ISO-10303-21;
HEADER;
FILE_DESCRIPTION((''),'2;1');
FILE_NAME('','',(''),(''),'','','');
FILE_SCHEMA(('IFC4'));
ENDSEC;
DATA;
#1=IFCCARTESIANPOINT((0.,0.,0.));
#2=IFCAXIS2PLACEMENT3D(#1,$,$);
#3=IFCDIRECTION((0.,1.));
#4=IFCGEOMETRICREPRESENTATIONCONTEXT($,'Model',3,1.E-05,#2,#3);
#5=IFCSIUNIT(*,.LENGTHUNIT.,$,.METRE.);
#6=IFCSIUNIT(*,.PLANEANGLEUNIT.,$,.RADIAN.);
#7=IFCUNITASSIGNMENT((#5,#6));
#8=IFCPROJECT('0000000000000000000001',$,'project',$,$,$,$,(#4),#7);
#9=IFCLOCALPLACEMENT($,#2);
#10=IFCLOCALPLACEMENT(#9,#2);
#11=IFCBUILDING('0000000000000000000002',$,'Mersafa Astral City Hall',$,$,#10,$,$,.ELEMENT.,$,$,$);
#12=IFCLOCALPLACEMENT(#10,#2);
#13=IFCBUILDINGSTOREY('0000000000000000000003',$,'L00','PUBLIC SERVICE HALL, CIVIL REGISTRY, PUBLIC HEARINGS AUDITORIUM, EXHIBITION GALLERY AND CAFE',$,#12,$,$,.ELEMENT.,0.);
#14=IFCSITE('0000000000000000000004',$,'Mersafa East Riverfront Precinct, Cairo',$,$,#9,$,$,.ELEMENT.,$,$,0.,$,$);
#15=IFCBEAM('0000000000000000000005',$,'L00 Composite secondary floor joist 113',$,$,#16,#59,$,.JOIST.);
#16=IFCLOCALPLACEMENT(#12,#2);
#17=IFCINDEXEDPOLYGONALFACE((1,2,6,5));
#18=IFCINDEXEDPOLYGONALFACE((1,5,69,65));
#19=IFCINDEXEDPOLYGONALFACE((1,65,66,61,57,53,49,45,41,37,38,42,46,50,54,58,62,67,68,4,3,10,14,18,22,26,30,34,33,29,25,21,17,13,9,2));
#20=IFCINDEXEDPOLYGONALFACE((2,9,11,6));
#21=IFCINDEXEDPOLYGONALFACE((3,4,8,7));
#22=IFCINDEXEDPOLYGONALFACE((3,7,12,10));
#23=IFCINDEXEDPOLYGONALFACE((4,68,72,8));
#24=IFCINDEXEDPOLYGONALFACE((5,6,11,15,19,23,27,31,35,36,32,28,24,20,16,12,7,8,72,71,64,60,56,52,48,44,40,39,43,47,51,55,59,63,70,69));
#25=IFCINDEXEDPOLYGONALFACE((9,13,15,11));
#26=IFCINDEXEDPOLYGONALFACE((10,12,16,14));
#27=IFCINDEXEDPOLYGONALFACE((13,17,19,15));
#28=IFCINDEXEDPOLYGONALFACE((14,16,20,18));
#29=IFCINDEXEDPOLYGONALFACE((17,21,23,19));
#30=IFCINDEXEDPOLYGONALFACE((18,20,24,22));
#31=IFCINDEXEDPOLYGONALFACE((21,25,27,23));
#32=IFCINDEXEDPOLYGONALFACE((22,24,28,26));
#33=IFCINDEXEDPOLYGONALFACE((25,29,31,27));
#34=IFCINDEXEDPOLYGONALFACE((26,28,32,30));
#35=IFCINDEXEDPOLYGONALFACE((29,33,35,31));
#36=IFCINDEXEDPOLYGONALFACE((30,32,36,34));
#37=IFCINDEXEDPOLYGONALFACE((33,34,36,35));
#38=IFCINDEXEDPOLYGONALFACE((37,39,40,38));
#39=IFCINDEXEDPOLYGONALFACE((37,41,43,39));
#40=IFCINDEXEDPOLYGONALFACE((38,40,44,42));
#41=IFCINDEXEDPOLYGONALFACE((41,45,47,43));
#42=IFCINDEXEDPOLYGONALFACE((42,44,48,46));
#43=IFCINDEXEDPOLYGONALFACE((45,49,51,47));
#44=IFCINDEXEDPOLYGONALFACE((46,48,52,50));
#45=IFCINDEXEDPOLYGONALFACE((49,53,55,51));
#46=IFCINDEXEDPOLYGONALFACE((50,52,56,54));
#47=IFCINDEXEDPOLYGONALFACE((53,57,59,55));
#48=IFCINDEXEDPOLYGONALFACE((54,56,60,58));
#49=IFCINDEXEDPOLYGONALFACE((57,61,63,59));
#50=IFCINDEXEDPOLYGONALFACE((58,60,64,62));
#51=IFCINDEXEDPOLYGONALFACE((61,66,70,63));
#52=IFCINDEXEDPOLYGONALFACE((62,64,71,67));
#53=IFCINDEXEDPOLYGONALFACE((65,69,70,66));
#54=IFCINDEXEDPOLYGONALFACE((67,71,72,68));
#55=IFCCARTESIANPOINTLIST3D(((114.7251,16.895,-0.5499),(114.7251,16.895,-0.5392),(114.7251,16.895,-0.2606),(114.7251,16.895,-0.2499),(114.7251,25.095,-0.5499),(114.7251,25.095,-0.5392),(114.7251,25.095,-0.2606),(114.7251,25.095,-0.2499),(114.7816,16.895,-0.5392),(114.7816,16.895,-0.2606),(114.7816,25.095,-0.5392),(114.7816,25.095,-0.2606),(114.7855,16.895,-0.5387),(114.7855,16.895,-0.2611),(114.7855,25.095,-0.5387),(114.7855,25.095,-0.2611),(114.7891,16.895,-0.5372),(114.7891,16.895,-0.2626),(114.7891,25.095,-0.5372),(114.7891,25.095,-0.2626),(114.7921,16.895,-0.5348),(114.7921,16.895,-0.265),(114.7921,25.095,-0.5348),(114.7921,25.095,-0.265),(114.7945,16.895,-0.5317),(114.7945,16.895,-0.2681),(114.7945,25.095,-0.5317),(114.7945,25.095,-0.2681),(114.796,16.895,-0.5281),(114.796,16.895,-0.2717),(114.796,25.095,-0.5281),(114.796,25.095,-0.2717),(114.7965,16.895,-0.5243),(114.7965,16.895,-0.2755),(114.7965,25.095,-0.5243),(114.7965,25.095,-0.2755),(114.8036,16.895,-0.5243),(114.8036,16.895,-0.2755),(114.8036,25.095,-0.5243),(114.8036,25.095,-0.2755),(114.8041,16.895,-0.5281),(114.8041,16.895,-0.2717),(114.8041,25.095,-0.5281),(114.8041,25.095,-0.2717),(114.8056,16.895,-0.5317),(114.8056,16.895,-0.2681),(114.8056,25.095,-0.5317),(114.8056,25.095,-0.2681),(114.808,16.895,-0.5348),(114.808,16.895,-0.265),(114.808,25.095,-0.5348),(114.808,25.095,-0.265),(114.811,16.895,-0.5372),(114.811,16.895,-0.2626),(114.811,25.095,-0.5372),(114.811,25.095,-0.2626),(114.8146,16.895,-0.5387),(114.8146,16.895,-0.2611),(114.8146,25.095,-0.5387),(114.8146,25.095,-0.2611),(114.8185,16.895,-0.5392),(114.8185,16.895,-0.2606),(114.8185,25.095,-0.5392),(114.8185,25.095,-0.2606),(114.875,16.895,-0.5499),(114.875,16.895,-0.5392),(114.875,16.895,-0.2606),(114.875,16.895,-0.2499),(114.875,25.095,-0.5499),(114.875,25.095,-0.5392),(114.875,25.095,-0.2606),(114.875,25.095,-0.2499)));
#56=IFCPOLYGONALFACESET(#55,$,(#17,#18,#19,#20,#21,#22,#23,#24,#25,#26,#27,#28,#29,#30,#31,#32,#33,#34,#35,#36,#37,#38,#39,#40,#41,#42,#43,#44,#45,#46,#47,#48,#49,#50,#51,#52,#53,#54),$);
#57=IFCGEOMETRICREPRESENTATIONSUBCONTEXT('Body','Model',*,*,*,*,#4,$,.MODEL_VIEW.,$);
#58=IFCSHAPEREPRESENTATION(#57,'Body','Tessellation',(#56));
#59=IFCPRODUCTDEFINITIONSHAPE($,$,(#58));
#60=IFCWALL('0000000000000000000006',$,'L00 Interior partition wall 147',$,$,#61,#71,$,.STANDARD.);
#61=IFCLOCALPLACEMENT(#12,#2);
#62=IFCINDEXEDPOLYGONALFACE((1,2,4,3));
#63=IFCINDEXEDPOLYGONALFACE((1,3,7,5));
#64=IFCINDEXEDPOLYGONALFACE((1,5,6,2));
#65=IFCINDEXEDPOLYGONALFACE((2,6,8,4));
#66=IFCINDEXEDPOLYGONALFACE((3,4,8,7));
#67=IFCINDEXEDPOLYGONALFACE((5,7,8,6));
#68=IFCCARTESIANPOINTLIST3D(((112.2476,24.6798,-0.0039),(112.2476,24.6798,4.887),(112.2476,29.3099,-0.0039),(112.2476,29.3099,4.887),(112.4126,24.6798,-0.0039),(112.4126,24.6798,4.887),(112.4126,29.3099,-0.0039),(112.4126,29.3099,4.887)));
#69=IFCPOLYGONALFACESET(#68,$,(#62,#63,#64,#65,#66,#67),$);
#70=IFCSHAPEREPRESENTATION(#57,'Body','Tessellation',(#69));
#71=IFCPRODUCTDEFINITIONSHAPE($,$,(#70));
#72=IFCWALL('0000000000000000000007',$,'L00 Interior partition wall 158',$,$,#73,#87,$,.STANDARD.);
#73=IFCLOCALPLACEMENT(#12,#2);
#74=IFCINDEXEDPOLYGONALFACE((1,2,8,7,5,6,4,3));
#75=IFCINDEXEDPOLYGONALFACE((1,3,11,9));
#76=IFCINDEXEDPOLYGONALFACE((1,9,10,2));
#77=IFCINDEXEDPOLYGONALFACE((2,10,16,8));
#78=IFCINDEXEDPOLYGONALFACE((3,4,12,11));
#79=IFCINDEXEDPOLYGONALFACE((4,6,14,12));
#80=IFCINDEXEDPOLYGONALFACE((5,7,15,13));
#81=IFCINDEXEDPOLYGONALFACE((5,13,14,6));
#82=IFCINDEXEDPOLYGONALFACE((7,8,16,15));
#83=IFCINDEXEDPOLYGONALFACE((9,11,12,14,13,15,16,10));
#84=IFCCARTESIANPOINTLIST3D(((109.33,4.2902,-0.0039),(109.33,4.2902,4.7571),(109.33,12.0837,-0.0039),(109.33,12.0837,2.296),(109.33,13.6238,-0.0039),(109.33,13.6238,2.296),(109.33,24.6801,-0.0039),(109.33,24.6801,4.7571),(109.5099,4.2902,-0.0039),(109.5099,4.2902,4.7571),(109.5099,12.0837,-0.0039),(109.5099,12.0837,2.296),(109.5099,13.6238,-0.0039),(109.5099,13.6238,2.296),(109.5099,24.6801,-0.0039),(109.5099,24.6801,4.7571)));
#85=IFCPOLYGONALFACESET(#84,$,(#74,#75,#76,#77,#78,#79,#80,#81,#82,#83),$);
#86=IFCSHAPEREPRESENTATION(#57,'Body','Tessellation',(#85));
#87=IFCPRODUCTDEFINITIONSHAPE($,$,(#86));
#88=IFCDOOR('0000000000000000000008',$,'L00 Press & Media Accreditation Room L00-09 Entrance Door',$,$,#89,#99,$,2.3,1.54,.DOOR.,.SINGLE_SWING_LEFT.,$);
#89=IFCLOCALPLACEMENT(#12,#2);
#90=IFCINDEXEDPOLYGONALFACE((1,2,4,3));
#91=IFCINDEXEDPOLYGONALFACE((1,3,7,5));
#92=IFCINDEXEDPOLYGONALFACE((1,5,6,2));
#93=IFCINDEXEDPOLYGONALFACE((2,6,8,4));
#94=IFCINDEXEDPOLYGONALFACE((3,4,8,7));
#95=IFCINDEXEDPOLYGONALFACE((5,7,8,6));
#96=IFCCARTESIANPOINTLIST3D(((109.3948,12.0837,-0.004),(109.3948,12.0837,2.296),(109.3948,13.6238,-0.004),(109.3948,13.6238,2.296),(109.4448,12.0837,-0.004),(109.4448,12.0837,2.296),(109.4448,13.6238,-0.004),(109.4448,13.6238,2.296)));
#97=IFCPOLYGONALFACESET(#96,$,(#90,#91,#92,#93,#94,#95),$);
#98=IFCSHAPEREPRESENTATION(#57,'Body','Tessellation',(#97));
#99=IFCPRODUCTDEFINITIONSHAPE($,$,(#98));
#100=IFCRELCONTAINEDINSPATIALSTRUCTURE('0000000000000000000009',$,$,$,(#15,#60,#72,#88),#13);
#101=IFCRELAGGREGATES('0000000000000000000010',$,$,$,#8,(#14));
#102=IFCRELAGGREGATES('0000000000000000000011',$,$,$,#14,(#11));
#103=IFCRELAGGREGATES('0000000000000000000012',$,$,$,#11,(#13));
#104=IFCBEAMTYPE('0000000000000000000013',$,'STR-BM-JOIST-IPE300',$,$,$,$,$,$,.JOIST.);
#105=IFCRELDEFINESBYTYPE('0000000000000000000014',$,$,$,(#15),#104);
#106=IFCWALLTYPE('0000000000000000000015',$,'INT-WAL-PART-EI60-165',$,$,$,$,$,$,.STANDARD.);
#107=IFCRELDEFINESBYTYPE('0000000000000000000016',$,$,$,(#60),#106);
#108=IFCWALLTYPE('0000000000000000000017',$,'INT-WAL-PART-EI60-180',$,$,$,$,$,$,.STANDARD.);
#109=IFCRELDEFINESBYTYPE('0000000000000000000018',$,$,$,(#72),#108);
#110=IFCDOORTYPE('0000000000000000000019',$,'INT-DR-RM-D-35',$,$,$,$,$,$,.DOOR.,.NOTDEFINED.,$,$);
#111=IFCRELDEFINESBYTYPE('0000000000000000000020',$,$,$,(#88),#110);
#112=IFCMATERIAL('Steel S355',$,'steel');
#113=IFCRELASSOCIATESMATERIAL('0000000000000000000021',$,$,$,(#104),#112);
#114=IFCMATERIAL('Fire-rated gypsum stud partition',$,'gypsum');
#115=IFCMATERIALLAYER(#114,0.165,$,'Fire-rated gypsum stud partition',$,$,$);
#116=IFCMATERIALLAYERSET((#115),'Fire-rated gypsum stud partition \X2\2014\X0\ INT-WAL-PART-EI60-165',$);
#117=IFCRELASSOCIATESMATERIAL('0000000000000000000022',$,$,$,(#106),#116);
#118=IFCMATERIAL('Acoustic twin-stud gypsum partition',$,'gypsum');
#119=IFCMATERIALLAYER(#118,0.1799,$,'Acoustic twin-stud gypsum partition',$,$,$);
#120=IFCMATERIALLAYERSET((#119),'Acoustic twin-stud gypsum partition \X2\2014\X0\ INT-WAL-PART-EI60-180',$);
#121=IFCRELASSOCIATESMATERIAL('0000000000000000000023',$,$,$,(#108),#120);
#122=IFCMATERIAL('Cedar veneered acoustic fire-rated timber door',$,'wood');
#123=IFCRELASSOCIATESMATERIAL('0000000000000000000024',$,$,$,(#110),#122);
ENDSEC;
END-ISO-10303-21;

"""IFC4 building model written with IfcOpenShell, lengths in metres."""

from ifc_helpers import new_model, si_unit, direction, frame, frame_2d, origin, origin_2d, place, context, subcontext, project, spatial, rectangle, i_section, extrude, material, layer, layer_set, material_profile, profile_set, type_object, element, fill, save


model = new_model("IFC4")

# Units and contexts
model_context = context("Model", 3, precision=1e-05, world=origin(), true_north=direction((0.0, 1.0)))
body_context = subcontext(model_context, "Body", "Model", "MODEL_VIEW")
ifc_project = project(units=[si_unit("LENGTHUNIT", "METRE"), si_unit("PLANEANGLEUNIT", "RADIAN")], contexts=[model_context])

# Site, building, storey
site_placement = place(None, origin())
site = spatial("IfcSite", under=ifc_project, at=site_placement, Name="Mersafa East Riverfront Precinct, Cairo", CompositionType="ELEMENT", RefElevation=0.0)
building_placement = place(site_placement, origin())
building = spatial("IfcBuilding", under=site, at=building_placement, Name="Mersafa Astral City Hall", CompositionType="ELEMENT")
storey_placement = place(building_placement, origin())
storey = spatial("IfcBuildingStorey", under=building, at=storey_placement, Name="L00", Description="PUBLIC SERVICE HALL, CIVIL REGISTRY, PUBLIC HEARINGS AUDITORIUM, EXHIBITION GALLERY AND CAFE", CompositionType="ELEMENT", Elevation=0.0)

# Shared definitions
ifc_material_1 = material(Name="Steel S355", Category="steel")

# Beam
ifc_material_profile_1 = material_profile(ifc_material_1, i_section(OverallWidth=0.1499, OverallDepth=0.3, WebThickness=0.0071, FlangeThickness=0.0107, FilletRadius=0.0149, at=origin_2d()), Name="IPE 300")
ifc_profile_set_1 = profile_set([ifc_material_profile_1], Name="Steel S355")
beam_type_1 = type_object("IfcBeamType", Name="STR-BM-JOIST-IPE300", PredefinedType="JOIST", material=ifc_profile_set_1)
for number, where, z_axis, x_axis, name in (
    (1, (114.8, 16.895, -0.3999), (0.0, 1.0, 0.0), (-1.0, 0.0, 0.0), "L00 Composite secondary floor joist 113"),
):
    element("IfcBeam", number, at=place(storey_placement, frame(where, z_axis=z_axis, x_axis=x_axis)), inside=storey, type_object=beam_type_1, Name=name, PredefinedType="JOIST", context=body_context, shape_type="SweptSolid", body=[
        extrude(i_section(OverallWidth=0.1499, OverallDepth=0.3, WebThickness=0.0071, FlangeThickness=0.0107, FilletRadius=0.0149, at=origin_2d()), origin(), (0.0, 0.0, 1.0), 8.2),
    ])

# Wall
ifc_material_2 = material(Name="Fire-rated gypsum stud partition", Category="gypsum")
ifc_layer_1 = layer(ifc_material_2, 0.165, Name="Fire-rated gypsum stud partition")
ifc_layer_set_1 = layer_set([ifc_layer_1], Name="Fire-rated gypsum stud partition — INT-WAL-PART-EI60-165")
wall_type_1 = type_object("IfcWallType", Name="INT-WAL-PART-EI60-165", PredefinedType="STANDARD", material=ifc_layer_set_1)
wall_1_placement = place(storey_placement, frame((112.3301, 24.6799, -0.0039), z_axis=(0.0, 0.0, 1.0), x_axis=(0.0, 1.0, 0.0)))
element("IfcWall", 2, at=wall_1_placement, inside=storey, type_object=wall_type_1, Name="L00 Interior partition wall 147", PredefinedType="STANDARD", context=body_context, shape_type="SweptSolid", body=[
    extrude(rectangle(XDim=4.6301, YDim=0.165, at=frame_2d((2.3149, 0.0))), origin(), (0.0, 0.0, 1.0), 4.8909),
])

# Wall, opening, door
ifc_material_3 = material(Name="Acoustic twin-stud gypsum partition", Category="gypsum")
ifc_layer_2 = layer(ifc_material_3, 0.1799, Name="Acoustic twin-stud gypsum partition")
ifc_layer_set_2 = layer_set([ifc_layer_2], Name="Acoustic twin-stud gypsum partition — INT-WAL-PART-EI60-180")
wall_type_2 = type_object("IfcWallType", Name="INT-WAL-PART-EI60-180", PredefinedType="STANDARD", material=ifc_layer_set_2)
wall_2_placement = place(storey_placement, frame((109.4199, 24.6799, -0.0039), z_axis=(0.0, 0.0, 1.0), x_axis=(0.0, -1.0, 0.0)))
wall_2 = element("IfcWall", 3, at=wall_2_placement, inside=storey, type_object=wall_type_2, Name="L00 Interior partition wall 158", PredefinedType="STANDARD", context=body_context, shape_type="SweptSolid", body=[
    extrude(rectangle(XDim=20.3899, YDim=0.1799, at=frame_2d((10.1948, 0.0))), origin(), (0.0, 0.0, 1.0), 4.761),
])
opening_placement = place(wall_2_placement, frame((11.0562, 0.0, 0.0)))
opening = element("IfcOpeningElement", 4, at=opening_placement, cuts=wall_2, PredefinedType="OPENING", context=body_context, shape_type="SweptSolid", body=[
    extrude(rectangle(XDim=1.54, YDim=2.3, at=frame_2d((0.77, 1.1499))), frame((0.0, 0.0999, 0.0), z_axis=(0.0, -1.0, 0.0), x_axis=(1.0, 0.0, 0.0)), (0.0, 0.0, 1.0), 0.2),
])
ifc_material_4 = material(Name="Cedar veneered acoustic fire-rated timber door", Category="wood")
door_type = type_object("IfcDoorType", Name="INT-DR-RM-D-35", OperationType="NOTDEFINED", PredefinedType="DOOR", material=ifc_material_4)
door_placement = place(opening_placement, origin())
door = element("IfcDoor", 5, at=door_placement, inside=storey, type_object=door_type, Name="L00 Press & Media Accreditation Room L00-09 Entrance Door", OperationType="SINGLE_SWING_LEFT", OverallHeight=2.3, OverallWidth=1.54, PredefinedType="DOOR", context=body_context, shape_type="SweptSolid", body=[
    extrude(rectangle(XDim=1.54, YDim=2.3, at=frame_2d((0.77, 1.1499))), frame((0.0, 0.0249, 0.0), z_axis=(0.0, -1.0, 0.0), x_axis=(1.0, 0.0, 0.0)), (0.0, 0.0, 1.0), 0.05),
])
fill(opening, door)

save(model, "model.ifc")
